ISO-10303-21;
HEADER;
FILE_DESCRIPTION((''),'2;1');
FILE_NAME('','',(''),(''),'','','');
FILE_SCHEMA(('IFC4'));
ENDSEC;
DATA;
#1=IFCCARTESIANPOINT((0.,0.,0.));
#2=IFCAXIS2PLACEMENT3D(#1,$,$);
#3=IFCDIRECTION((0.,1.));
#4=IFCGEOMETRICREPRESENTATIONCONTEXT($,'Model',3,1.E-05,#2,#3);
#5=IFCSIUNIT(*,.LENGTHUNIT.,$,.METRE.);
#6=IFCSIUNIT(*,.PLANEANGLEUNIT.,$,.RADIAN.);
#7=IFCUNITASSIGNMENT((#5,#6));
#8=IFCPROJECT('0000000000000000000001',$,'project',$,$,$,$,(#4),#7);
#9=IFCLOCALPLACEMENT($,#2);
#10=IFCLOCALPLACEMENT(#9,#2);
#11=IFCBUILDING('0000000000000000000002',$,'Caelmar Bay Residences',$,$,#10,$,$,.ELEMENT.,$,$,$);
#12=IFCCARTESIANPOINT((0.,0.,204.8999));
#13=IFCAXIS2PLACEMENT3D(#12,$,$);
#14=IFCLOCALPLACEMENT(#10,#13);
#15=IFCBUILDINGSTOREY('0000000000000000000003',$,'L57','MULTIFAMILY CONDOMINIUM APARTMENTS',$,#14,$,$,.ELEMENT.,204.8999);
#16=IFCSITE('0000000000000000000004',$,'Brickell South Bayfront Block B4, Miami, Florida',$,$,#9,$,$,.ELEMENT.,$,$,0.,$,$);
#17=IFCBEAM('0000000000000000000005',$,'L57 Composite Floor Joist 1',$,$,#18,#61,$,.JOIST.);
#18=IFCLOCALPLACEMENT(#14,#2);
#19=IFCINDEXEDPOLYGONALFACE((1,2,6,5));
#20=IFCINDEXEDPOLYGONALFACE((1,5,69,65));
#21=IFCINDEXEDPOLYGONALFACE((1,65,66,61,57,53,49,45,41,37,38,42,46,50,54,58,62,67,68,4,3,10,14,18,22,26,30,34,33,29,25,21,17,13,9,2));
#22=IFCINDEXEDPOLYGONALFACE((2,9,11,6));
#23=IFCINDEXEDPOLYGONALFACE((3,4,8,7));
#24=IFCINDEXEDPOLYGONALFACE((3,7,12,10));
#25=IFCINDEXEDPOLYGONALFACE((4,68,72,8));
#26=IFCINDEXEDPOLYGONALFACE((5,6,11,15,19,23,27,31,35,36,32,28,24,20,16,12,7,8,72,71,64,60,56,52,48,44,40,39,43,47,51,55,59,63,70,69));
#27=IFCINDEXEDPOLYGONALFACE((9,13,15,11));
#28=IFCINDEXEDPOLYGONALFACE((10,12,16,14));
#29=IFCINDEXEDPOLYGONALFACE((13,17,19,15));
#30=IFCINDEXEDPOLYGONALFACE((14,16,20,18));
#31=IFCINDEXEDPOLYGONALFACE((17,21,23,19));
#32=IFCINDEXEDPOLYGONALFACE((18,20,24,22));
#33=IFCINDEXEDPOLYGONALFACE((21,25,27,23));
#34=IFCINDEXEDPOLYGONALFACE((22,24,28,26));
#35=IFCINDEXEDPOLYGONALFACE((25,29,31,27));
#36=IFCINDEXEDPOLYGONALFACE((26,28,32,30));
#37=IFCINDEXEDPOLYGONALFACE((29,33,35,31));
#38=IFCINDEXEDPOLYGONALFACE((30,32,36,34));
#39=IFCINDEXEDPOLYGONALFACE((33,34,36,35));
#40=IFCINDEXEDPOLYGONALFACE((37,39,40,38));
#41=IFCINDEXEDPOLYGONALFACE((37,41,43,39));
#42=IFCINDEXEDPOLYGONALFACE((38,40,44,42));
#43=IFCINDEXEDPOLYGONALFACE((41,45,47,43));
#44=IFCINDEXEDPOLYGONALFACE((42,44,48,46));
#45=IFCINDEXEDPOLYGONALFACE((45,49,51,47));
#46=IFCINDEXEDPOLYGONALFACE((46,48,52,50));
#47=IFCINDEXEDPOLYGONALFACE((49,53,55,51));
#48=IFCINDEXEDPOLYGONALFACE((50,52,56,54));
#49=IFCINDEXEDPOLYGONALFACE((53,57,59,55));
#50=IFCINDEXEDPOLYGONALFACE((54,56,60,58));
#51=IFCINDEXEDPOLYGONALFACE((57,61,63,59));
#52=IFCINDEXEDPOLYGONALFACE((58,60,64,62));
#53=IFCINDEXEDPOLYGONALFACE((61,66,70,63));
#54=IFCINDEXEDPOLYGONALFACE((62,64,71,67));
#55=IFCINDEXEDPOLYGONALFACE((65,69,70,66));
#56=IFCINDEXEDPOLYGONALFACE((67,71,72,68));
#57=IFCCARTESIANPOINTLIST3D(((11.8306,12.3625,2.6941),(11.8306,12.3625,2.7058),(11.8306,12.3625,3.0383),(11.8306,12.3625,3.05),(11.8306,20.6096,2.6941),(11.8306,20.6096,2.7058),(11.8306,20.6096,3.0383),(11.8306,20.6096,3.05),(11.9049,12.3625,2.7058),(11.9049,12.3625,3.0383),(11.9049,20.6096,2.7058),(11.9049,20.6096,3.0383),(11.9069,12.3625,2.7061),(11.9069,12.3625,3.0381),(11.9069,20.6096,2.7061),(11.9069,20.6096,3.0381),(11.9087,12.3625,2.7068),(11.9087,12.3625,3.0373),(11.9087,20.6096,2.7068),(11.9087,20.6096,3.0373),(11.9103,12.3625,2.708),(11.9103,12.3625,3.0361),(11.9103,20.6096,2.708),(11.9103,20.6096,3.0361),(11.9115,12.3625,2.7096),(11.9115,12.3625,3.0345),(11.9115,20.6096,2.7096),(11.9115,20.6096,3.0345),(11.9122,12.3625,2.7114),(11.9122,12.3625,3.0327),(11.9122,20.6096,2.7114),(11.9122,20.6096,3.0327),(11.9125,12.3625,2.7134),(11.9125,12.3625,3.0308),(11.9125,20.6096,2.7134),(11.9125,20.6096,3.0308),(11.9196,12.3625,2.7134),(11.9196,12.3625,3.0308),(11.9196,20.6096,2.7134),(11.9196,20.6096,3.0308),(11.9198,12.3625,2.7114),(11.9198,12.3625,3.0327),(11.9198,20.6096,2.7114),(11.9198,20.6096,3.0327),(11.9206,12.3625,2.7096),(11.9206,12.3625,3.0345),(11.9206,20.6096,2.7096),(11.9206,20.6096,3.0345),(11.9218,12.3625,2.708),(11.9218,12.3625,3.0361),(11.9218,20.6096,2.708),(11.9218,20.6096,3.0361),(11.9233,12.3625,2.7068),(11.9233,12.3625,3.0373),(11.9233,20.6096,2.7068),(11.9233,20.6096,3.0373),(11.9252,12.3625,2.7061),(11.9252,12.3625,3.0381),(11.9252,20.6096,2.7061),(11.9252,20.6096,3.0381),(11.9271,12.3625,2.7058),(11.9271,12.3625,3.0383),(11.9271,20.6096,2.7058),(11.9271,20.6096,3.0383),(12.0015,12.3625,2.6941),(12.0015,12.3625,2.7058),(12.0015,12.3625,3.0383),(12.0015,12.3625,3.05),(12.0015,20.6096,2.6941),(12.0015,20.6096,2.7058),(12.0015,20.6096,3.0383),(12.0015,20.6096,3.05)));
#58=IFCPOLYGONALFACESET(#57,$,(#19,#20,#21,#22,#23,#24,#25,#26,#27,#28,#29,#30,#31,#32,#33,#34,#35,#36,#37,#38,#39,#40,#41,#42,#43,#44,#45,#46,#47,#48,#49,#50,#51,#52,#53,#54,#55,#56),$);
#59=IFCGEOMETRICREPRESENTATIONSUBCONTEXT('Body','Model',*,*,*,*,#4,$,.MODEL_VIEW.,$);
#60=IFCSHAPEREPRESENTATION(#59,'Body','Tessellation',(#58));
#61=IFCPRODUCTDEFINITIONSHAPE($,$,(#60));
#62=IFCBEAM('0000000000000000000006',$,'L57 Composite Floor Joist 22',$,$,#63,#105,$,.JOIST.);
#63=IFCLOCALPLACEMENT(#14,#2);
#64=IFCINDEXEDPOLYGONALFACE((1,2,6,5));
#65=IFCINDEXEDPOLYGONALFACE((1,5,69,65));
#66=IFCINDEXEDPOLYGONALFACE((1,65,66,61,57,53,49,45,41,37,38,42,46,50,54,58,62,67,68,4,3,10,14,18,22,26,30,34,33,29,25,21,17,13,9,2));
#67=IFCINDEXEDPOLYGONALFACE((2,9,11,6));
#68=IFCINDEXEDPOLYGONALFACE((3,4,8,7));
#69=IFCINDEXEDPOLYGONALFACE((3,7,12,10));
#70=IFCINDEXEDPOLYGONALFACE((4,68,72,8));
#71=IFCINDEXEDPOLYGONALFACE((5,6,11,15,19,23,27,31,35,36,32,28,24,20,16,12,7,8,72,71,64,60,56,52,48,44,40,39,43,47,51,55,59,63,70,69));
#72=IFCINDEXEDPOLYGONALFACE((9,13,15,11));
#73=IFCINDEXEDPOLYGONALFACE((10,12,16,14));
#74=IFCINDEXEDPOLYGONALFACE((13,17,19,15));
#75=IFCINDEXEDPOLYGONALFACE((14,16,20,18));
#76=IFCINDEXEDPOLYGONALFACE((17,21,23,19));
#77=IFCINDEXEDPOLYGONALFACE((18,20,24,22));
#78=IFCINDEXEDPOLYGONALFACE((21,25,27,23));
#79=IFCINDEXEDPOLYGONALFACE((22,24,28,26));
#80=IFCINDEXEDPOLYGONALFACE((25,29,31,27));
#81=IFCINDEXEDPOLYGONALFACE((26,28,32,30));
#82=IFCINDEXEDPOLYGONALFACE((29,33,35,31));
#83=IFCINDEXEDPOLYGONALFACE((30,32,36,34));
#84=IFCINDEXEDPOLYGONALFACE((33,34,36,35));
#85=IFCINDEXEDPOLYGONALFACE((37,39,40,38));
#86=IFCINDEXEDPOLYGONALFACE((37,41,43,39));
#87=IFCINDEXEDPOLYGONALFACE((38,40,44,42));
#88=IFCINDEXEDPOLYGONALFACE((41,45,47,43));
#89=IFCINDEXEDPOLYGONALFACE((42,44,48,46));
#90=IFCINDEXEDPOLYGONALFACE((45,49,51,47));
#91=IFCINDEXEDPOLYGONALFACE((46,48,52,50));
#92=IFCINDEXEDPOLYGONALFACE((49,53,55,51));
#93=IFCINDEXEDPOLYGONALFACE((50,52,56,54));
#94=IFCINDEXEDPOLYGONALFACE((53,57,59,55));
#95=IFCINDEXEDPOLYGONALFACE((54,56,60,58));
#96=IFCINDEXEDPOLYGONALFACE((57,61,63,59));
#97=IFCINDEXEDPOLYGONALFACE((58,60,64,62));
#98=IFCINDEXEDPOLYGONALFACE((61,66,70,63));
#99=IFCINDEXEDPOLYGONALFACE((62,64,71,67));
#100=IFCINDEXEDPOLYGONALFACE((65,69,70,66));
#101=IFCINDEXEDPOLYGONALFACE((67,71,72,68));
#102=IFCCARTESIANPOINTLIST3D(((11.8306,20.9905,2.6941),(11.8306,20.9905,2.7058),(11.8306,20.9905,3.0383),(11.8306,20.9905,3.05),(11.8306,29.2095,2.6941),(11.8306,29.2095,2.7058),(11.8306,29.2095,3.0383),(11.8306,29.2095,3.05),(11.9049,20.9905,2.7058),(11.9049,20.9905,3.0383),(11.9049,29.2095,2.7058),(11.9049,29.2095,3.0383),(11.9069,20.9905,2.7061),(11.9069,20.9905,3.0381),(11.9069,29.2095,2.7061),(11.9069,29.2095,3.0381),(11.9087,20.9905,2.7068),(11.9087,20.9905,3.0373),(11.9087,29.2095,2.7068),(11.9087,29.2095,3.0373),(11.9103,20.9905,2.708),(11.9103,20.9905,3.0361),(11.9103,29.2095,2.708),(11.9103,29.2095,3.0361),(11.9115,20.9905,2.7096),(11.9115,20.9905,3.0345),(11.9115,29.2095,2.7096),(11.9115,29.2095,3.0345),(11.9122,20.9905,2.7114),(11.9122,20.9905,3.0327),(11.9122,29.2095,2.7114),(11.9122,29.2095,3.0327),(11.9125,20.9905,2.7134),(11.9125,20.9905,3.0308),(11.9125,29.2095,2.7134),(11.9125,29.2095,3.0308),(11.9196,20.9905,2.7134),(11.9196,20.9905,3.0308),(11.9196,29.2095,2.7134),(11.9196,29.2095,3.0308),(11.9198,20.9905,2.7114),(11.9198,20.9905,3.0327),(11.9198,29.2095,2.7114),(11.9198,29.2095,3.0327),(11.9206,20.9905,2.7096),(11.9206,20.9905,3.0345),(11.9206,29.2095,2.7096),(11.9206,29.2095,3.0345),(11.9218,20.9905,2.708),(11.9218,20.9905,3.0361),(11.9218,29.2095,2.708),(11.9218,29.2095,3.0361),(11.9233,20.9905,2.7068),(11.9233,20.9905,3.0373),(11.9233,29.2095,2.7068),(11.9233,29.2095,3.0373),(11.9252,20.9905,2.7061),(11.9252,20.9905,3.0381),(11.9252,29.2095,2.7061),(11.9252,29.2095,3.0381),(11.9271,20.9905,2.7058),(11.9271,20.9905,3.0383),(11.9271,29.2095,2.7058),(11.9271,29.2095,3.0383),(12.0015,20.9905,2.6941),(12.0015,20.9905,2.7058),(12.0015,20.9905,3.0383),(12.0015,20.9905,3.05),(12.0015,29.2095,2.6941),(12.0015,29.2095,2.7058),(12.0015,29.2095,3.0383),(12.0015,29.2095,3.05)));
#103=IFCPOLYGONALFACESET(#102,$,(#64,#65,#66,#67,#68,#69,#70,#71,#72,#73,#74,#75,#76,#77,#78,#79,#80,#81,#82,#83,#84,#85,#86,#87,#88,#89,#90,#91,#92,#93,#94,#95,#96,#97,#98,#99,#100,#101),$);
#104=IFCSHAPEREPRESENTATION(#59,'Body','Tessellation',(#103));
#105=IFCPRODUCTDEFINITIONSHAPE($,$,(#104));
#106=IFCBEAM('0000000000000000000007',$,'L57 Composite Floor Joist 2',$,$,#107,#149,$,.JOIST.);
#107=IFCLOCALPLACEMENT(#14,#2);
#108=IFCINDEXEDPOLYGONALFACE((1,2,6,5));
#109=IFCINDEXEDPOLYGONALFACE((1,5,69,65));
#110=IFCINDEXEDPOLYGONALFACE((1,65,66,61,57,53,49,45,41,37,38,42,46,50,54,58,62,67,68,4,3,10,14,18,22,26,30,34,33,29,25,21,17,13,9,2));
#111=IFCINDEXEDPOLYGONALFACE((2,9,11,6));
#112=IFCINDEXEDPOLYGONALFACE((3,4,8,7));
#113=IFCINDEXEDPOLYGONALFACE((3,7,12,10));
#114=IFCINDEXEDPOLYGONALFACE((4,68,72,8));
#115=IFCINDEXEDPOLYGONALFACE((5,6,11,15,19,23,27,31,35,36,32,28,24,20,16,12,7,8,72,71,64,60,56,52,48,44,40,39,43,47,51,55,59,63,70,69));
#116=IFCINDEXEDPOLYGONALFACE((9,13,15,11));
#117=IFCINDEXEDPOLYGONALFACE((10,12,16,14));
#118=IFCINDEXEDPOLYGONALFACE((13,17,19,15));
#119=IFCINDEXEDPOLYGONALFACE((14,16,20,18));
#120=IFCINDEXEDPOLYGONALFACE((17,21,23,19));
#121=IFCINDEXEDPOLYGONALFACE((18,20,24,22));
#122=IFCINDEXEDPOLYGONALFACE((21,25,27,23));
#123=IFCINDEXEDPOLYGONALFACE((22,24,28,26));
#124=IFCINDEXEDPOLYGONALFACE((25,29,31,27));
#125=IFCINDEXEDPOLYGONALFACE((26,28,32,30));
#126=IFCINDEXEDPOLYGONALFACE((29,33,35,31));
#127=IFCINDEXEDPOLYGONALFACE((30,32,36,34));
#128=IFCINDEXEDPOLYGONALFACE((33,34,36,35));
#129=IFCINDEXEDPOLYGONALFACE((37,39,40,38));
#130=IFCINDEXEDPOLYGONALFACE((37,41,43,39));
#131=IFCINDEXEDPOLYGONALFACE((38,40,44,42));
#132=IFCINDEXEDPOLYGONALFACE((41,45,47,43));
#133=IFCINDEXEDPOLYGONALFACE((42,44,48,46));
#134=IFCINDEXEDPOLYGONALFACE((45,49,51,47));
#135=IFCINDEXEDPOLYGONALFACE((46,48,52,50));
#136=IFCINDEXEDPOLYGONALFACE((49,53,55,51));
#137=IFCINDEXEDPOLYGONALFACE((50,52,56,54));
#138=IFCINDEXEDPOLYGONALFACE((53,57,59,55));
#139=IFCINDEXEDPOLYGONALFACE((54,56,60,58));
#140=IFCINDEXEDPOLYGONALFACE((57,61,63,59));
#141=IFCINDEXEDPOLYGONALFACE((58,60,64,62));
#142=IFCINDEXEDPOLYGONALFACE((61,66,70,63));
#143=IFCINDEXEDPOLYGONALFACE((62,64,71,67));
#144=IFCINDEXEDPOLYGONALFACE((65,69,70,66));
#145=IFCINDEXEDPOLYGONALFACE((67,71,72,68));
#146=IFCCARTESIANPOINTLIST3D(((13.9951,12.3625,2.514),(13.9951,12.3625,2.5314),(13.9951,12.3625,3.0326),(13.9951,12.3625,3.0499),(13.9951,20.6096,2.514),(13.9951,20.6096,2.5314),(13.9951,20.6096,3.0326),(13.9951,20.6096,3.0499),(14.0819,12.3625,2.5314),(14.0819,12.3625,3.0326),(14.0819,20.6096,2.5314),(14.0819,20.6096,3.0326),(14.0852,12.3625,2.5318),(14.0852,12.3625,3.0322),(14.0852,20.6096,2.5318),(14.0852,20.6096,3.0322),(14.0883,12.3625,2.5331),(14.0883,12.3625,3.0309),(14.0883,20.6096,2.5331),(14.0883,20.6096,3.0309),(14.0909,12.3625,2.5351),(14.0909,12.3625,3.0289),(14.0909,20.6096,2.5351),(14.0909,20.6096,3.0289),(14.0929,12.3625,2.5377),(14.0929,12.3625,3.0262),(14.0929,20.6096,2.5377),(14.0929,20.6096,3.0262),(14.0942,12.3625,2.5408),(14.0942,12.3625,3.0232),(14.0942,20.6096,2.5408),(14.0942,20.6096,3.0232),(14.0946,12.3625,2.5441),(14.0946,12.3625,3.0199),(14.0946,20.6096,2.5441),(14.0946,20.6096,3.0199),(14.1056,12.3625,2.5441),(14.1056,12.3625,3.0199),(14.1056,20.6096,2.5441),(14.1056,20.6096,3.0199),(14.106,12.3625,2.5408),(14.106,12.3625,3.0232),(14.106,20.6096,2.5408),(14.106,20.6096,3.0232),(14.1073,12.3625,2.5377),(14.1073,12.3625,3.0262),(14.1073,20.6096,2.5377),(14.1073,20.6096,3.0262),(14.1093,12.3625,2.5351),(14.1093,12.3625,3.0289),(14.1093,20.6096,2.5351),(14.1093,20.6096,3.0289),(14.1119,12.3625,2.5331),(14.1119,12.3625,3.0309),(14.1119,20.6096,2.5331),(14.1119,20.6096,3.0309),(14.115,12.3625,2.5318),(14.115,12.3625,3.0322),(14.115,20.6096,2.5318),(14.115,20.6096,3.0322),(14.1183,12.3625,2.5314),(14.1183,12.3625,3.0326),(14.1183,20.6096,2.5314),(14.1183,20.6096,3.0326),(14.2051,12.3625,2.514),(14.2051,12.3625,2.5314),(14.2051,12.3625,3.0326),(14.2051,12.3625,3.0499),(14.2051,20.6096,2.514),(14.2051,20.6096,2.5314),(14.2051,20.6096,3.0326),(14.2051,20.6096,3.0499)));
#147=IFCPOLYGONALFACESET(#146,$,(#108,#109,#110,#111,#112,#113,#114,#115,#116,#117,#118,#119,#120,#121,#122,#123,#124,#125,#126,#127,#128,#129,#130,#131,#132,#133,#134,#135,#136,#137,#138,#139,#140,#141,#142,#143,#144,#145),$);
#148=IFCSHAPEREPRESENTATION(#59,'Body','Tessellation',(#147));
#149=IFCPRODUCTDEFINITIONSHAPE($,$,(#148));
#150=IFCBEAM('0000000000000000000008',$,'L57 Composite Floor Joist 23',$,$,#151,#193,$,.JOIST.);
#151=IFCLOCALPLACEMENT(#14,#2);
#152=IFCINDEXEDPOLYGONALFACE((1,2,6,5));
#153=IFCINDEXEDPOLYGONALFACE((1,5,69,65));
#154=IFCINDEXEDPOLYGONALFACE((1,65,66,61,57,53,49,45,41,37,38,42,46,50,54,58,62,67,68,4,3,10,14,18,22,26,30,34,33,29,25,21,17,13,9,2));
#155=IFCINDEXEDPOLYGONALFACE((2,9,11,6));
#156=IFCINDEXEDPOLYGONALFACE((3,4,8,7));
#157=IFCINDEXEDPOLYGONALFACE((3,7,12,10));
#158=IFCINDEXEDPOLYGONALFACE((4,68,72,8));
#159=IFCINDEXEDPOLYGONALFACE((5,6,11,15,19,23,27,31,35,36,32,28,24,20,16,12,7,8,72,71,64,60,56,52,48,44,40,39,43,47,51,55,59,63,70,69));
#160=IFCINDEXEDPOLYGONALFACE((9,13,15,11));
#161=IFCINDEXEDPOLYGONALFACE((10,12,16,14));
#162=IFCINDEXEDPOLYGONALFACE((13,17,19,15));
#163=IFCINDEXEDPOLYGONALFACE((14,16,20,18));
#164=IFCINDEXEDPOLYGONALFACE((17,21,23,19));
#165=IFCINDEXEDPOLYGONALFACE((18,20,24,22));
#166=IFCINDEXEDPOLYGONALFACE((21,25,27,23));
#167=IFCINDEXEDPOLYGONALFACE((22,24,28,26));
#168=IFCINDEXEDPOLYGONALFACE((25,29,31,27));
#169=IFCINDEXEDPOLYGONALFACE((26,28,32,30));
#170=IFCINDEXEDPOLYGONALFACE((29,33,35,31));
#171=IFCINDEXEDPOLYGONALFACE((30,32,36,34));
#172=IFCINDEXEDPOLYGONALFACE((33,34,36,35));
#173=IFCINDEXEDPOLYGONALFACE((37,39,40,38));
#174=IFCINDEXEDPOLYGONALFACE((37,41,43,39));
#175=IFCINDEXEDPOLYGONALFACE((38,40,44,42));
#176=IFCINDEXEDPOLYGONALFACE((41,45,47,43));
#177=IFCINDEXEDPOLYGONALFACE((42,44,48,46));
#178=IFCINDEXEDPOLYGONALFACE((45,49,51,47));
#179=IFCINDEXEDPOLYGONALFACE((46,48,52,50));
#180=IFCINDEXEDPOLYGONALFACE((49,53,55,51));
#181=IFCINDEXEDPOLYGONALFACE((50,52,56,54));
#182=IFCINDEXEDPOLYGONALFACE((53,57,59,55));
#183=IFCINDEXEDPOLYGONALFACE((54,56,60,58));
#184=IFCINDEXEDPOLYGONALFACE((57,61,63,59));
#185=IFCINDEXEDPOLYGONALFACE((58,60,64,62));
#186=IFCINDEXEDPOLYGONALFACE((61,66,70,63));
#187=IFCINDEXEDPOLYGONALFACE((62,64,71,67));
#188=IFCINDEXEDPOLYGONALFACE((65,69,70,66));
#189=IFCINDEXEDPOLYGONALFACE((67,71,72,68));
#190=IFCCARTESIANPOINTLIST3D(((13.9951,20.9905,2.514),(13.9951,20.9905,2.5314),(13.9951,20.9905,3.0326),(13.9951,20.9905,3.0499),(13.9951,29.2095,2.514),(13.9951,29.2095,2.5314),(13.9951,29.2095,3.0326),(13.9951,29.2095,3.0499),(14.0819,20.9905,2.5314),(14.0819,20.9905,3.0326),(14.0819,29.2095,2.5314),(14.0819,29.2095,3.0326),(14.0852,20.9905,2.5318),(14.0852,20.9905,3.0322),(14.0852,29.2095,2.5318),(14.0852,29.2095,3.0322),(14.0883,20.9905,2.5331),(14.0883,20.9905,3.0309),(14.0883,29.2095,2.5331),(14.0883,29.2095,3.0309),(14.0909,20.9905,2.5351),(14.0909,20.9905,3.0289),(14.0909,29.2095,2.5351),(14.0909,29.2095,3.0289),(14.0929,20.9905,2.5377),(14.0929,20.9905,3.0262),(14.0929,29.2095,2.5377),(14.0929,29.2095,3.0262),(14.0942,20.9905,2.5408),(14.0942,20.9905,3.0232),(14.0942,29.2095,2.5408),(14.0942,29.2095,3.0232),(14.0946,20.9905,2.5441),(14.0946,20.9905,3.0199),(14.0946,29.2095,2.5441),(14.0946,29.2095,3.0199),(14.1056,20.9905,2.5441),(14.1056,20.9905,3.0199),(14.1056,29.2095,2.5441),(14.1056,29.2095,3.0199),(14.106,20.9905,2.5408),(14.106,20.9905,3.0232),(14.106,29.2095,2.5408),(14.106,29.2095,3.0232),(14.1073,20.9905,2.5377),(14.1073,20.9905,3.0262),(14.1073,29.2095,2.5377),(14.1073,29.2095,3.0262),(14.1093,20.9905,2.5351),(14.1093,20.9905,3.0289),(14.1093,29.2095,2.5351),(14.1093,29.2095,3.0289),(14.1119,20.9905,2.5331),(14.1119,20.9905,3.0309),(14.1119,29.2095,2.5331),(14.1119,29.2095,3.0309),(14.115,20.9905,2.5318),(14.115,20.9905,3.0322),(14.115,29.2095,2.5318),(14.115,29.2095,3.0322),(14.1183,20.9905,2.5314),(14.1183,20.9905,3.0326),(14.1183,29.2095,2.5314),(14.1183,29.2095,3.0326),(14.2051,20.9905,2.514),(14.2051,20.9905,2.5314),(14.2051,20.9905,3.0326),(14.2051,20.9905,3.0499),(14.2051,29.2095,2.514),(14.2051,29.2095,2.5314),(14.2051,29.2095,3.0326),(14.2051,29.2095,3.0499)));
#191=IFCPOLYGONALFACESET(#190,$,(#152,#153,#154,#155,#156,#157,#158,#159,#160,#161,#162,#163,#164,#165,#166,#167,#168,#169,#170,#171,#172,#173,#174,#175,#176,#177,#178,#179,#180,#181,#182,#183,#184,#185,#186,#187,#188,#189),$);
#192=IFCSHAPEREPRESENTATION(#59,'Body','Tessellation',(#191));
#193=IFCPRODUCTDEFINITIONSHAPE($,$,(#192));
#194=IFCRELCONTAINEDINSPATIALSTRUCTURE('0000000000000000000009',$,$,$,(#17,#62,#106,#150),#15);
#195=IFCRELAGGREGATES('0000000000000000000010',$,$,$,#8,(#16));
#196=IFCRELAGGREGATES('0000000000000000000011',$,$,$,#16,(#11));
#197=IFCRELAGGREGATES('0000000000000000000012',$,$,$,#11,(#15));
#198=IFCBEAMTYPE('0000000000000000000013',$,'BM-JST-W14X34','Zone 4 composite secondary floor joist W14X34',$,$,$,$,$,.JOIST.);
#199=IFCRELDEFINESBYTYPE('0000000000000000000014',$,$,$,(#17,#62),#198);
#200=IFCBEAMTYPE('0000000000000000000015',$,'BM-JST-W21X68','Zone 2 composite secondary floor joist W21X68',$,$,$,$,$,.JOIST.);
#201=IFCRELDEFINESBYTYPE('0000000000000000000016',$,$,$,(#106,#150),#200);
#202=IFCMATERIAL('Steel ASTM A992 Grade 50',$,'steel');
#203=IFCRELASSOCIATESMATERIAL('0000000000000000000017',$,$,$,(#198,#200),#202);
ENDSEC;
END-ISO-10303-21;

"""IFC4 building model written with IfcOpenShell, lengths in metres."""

from ifc_helpers import new_model, si_unit, direction, frame, origin, origin_2d, place, context, subcontext, project, spatial, i_section, extrude, material, material_profile, profile_set, type_object, element, save


model = new_model("IFC4")

# Units and contexts
model_context = context("Model", 3, precision=1e-05, world=origin(), true_north=direction((0.0, 1.0)))
body_context = subcontext(model_context, "Body", "Model", "MODEL_VIEW")
ifc_project = project(units=[si_unit("LENGTHUNIT", "METRE"), si_unit("PLANEANGLEUNIT", "RADIAN")], contexts=[model_context])

# Site, building, storey
site_placement = place(None, origin())
site = spatial("IfcSite", under=ifc_project, at=site_placement, Name="Brickell South Bayfront Block B4, Miami, Florida", CompositionType="ELEMENT", RefElevation=0.0)
building_placement = place(site_placement, origin())
building = spatial("IfcBuilding", under=site, at=building_placement, Name="Caelmar Bay Residences", CompositionType="ELEMENT")
storey_placement = place(building_placement, frame((0.0, 0.0, 204.8999)))
storey = spatial("IfcBuildingStorey", under=building, at=storey_placement, Name="L57", Description="MULTIFAMILY CONDOMINIUM APARTMENTS", CompositionType="ELEMENT", Elevation=204.8999)

# Beams
ifc_material_1 = material(Name="Steel ASTM A992 Grade 50", Category="steel")
ifc_material_profile_1 = material_profile(ifc_material_1, i_section(OverallWidth=0.1709, OverallDepth=0.356, WebThickness=0.0071, FlangeThickness=0.0117, FilletRadius=0.0076, at=origin_2d()), Name="W14X34")
ifc_profile_set_1 = profile_set([ifc_material_profile_1], Name="Steel ASTM A992 Grade 50")
beam_type_1 = type_object("IfcBeamType", Name="BM-JST-W14X34", Description="Zone 4 composite secondary floor joist W14X34", PredefinedType="JOIST", material=ifc_profile_set_1)
beam_1_placement = place(storey_placement, frame((11.916, 12.3625, 2.8721), z_axis=(0.0, 1.0, 0.0), x_axis=(-1.0, 0.0, 0.0)))
element("IfcBeam", 1, at=beam_1_placement, inside=storey, type_object=beam_type_1, Name="L57 Composite Floor Joist 1", PredefinedType="JOIST", context=body_context, shape_type="SweptSolid", body=[
    extrude(i_section(OverallWidth=0.1709, OverallDepth=0.356, WebThickness=0.0071, FlangeThickness=0.0117, FilletRadius=0.0076, at=origin_2d()), origin(), (0.0, 0.0, 1.0), 8.2471),
])
beam_2_placement = place(storey_placement, frame((11.916, 20.9905, 2.8721), z_axis=(0.0, 1.0, 0.0), x_axis=(-1.0, 0.0, 0.0)))
element("IfcBeam", 2, at=beam_2_placement, inside=storey, type_object=beam_type_1, Name="L57 Composite Floor Joist 22", PredefinedType="JOIST", context=body_context, shape_type="SweptSolid", body=[
    extrude(i_section(OverallWidth=0.1709, OverallDepth=0.356, WebThickness=0.0071, FlangeThickness=0.0117, FilletRadius=0.0076, at=origin_2d()), origin(), (0.0, 0.0, 1.0), 8.219),
])
ifc_material_profile_2 = material_profile(ifc_material_1, i_section(OverallWidth=0.21, OverallDepth=0.5359, WebThickness=0.011, FlangeThickness=0.0173, FilletRadius=0.0127, at=origin_2d()), Name="W21X68")
ifc_profile_set_2 = profile_set([ifc_material_profile_2], Name="Steel ASTM A992 Grade 50")
beam_type_2 = type_object("IfcBeamType", Name="BM-JST-W21X68", Description="Zone 2 composite secondary floor joist W21X68", PredefinedType="JOIST", material=ifc_profile_set_2)
beam_3_placement = place(storey_placement, frame((14.1001, 12.3625, 2.782), z_axis=(0.0, 1.0, 0.0), x_axis=(-1.0, 0.0, 0.0)))
element("IfcBeam", 3, at=beam_3_placement, inside=storey, type_object=beam_type_2, Name="L57 Composite Floor Joist 2", PredefinedType="JOIST", context=body_context, shape_type="SweptSolid", body=[
    extrude(i_section(OverallWidth=0.21, OverallDepth=0.5359, WebThickness=0.011, FlangeThickness=0.0173, FilletRadius=0.0127, at=origin_2d()), origin(), (0.0, 0.0, 1.0), 8.2471),
])
beam_4_placement = place(storey_placement, frame((14.1001, 20.9905, 2.782), z_axis=(0.0, 1.0, 0.0), x_axis=(-1.0, 0.0, 0.0)))
element("IfcBeam", 4, at=beam_4_placement, inside=storey, type_object=beam_type_2, Name="L57 Composite Floor Joist 23", PredefinedType="JOIST", context=body_context, shape_type="SweptSolid", body=[
    extrude(i_section(OverallWidth=0.21, OverallDepth=0.5359, WebThickness=0.011, FlangeThickness=0.0173, FilletRadius=0.0127, at=origin_2d()), origin(), (0.0, 0.0, 1.0), 8.219),
])

save(model, "model.ifc")
